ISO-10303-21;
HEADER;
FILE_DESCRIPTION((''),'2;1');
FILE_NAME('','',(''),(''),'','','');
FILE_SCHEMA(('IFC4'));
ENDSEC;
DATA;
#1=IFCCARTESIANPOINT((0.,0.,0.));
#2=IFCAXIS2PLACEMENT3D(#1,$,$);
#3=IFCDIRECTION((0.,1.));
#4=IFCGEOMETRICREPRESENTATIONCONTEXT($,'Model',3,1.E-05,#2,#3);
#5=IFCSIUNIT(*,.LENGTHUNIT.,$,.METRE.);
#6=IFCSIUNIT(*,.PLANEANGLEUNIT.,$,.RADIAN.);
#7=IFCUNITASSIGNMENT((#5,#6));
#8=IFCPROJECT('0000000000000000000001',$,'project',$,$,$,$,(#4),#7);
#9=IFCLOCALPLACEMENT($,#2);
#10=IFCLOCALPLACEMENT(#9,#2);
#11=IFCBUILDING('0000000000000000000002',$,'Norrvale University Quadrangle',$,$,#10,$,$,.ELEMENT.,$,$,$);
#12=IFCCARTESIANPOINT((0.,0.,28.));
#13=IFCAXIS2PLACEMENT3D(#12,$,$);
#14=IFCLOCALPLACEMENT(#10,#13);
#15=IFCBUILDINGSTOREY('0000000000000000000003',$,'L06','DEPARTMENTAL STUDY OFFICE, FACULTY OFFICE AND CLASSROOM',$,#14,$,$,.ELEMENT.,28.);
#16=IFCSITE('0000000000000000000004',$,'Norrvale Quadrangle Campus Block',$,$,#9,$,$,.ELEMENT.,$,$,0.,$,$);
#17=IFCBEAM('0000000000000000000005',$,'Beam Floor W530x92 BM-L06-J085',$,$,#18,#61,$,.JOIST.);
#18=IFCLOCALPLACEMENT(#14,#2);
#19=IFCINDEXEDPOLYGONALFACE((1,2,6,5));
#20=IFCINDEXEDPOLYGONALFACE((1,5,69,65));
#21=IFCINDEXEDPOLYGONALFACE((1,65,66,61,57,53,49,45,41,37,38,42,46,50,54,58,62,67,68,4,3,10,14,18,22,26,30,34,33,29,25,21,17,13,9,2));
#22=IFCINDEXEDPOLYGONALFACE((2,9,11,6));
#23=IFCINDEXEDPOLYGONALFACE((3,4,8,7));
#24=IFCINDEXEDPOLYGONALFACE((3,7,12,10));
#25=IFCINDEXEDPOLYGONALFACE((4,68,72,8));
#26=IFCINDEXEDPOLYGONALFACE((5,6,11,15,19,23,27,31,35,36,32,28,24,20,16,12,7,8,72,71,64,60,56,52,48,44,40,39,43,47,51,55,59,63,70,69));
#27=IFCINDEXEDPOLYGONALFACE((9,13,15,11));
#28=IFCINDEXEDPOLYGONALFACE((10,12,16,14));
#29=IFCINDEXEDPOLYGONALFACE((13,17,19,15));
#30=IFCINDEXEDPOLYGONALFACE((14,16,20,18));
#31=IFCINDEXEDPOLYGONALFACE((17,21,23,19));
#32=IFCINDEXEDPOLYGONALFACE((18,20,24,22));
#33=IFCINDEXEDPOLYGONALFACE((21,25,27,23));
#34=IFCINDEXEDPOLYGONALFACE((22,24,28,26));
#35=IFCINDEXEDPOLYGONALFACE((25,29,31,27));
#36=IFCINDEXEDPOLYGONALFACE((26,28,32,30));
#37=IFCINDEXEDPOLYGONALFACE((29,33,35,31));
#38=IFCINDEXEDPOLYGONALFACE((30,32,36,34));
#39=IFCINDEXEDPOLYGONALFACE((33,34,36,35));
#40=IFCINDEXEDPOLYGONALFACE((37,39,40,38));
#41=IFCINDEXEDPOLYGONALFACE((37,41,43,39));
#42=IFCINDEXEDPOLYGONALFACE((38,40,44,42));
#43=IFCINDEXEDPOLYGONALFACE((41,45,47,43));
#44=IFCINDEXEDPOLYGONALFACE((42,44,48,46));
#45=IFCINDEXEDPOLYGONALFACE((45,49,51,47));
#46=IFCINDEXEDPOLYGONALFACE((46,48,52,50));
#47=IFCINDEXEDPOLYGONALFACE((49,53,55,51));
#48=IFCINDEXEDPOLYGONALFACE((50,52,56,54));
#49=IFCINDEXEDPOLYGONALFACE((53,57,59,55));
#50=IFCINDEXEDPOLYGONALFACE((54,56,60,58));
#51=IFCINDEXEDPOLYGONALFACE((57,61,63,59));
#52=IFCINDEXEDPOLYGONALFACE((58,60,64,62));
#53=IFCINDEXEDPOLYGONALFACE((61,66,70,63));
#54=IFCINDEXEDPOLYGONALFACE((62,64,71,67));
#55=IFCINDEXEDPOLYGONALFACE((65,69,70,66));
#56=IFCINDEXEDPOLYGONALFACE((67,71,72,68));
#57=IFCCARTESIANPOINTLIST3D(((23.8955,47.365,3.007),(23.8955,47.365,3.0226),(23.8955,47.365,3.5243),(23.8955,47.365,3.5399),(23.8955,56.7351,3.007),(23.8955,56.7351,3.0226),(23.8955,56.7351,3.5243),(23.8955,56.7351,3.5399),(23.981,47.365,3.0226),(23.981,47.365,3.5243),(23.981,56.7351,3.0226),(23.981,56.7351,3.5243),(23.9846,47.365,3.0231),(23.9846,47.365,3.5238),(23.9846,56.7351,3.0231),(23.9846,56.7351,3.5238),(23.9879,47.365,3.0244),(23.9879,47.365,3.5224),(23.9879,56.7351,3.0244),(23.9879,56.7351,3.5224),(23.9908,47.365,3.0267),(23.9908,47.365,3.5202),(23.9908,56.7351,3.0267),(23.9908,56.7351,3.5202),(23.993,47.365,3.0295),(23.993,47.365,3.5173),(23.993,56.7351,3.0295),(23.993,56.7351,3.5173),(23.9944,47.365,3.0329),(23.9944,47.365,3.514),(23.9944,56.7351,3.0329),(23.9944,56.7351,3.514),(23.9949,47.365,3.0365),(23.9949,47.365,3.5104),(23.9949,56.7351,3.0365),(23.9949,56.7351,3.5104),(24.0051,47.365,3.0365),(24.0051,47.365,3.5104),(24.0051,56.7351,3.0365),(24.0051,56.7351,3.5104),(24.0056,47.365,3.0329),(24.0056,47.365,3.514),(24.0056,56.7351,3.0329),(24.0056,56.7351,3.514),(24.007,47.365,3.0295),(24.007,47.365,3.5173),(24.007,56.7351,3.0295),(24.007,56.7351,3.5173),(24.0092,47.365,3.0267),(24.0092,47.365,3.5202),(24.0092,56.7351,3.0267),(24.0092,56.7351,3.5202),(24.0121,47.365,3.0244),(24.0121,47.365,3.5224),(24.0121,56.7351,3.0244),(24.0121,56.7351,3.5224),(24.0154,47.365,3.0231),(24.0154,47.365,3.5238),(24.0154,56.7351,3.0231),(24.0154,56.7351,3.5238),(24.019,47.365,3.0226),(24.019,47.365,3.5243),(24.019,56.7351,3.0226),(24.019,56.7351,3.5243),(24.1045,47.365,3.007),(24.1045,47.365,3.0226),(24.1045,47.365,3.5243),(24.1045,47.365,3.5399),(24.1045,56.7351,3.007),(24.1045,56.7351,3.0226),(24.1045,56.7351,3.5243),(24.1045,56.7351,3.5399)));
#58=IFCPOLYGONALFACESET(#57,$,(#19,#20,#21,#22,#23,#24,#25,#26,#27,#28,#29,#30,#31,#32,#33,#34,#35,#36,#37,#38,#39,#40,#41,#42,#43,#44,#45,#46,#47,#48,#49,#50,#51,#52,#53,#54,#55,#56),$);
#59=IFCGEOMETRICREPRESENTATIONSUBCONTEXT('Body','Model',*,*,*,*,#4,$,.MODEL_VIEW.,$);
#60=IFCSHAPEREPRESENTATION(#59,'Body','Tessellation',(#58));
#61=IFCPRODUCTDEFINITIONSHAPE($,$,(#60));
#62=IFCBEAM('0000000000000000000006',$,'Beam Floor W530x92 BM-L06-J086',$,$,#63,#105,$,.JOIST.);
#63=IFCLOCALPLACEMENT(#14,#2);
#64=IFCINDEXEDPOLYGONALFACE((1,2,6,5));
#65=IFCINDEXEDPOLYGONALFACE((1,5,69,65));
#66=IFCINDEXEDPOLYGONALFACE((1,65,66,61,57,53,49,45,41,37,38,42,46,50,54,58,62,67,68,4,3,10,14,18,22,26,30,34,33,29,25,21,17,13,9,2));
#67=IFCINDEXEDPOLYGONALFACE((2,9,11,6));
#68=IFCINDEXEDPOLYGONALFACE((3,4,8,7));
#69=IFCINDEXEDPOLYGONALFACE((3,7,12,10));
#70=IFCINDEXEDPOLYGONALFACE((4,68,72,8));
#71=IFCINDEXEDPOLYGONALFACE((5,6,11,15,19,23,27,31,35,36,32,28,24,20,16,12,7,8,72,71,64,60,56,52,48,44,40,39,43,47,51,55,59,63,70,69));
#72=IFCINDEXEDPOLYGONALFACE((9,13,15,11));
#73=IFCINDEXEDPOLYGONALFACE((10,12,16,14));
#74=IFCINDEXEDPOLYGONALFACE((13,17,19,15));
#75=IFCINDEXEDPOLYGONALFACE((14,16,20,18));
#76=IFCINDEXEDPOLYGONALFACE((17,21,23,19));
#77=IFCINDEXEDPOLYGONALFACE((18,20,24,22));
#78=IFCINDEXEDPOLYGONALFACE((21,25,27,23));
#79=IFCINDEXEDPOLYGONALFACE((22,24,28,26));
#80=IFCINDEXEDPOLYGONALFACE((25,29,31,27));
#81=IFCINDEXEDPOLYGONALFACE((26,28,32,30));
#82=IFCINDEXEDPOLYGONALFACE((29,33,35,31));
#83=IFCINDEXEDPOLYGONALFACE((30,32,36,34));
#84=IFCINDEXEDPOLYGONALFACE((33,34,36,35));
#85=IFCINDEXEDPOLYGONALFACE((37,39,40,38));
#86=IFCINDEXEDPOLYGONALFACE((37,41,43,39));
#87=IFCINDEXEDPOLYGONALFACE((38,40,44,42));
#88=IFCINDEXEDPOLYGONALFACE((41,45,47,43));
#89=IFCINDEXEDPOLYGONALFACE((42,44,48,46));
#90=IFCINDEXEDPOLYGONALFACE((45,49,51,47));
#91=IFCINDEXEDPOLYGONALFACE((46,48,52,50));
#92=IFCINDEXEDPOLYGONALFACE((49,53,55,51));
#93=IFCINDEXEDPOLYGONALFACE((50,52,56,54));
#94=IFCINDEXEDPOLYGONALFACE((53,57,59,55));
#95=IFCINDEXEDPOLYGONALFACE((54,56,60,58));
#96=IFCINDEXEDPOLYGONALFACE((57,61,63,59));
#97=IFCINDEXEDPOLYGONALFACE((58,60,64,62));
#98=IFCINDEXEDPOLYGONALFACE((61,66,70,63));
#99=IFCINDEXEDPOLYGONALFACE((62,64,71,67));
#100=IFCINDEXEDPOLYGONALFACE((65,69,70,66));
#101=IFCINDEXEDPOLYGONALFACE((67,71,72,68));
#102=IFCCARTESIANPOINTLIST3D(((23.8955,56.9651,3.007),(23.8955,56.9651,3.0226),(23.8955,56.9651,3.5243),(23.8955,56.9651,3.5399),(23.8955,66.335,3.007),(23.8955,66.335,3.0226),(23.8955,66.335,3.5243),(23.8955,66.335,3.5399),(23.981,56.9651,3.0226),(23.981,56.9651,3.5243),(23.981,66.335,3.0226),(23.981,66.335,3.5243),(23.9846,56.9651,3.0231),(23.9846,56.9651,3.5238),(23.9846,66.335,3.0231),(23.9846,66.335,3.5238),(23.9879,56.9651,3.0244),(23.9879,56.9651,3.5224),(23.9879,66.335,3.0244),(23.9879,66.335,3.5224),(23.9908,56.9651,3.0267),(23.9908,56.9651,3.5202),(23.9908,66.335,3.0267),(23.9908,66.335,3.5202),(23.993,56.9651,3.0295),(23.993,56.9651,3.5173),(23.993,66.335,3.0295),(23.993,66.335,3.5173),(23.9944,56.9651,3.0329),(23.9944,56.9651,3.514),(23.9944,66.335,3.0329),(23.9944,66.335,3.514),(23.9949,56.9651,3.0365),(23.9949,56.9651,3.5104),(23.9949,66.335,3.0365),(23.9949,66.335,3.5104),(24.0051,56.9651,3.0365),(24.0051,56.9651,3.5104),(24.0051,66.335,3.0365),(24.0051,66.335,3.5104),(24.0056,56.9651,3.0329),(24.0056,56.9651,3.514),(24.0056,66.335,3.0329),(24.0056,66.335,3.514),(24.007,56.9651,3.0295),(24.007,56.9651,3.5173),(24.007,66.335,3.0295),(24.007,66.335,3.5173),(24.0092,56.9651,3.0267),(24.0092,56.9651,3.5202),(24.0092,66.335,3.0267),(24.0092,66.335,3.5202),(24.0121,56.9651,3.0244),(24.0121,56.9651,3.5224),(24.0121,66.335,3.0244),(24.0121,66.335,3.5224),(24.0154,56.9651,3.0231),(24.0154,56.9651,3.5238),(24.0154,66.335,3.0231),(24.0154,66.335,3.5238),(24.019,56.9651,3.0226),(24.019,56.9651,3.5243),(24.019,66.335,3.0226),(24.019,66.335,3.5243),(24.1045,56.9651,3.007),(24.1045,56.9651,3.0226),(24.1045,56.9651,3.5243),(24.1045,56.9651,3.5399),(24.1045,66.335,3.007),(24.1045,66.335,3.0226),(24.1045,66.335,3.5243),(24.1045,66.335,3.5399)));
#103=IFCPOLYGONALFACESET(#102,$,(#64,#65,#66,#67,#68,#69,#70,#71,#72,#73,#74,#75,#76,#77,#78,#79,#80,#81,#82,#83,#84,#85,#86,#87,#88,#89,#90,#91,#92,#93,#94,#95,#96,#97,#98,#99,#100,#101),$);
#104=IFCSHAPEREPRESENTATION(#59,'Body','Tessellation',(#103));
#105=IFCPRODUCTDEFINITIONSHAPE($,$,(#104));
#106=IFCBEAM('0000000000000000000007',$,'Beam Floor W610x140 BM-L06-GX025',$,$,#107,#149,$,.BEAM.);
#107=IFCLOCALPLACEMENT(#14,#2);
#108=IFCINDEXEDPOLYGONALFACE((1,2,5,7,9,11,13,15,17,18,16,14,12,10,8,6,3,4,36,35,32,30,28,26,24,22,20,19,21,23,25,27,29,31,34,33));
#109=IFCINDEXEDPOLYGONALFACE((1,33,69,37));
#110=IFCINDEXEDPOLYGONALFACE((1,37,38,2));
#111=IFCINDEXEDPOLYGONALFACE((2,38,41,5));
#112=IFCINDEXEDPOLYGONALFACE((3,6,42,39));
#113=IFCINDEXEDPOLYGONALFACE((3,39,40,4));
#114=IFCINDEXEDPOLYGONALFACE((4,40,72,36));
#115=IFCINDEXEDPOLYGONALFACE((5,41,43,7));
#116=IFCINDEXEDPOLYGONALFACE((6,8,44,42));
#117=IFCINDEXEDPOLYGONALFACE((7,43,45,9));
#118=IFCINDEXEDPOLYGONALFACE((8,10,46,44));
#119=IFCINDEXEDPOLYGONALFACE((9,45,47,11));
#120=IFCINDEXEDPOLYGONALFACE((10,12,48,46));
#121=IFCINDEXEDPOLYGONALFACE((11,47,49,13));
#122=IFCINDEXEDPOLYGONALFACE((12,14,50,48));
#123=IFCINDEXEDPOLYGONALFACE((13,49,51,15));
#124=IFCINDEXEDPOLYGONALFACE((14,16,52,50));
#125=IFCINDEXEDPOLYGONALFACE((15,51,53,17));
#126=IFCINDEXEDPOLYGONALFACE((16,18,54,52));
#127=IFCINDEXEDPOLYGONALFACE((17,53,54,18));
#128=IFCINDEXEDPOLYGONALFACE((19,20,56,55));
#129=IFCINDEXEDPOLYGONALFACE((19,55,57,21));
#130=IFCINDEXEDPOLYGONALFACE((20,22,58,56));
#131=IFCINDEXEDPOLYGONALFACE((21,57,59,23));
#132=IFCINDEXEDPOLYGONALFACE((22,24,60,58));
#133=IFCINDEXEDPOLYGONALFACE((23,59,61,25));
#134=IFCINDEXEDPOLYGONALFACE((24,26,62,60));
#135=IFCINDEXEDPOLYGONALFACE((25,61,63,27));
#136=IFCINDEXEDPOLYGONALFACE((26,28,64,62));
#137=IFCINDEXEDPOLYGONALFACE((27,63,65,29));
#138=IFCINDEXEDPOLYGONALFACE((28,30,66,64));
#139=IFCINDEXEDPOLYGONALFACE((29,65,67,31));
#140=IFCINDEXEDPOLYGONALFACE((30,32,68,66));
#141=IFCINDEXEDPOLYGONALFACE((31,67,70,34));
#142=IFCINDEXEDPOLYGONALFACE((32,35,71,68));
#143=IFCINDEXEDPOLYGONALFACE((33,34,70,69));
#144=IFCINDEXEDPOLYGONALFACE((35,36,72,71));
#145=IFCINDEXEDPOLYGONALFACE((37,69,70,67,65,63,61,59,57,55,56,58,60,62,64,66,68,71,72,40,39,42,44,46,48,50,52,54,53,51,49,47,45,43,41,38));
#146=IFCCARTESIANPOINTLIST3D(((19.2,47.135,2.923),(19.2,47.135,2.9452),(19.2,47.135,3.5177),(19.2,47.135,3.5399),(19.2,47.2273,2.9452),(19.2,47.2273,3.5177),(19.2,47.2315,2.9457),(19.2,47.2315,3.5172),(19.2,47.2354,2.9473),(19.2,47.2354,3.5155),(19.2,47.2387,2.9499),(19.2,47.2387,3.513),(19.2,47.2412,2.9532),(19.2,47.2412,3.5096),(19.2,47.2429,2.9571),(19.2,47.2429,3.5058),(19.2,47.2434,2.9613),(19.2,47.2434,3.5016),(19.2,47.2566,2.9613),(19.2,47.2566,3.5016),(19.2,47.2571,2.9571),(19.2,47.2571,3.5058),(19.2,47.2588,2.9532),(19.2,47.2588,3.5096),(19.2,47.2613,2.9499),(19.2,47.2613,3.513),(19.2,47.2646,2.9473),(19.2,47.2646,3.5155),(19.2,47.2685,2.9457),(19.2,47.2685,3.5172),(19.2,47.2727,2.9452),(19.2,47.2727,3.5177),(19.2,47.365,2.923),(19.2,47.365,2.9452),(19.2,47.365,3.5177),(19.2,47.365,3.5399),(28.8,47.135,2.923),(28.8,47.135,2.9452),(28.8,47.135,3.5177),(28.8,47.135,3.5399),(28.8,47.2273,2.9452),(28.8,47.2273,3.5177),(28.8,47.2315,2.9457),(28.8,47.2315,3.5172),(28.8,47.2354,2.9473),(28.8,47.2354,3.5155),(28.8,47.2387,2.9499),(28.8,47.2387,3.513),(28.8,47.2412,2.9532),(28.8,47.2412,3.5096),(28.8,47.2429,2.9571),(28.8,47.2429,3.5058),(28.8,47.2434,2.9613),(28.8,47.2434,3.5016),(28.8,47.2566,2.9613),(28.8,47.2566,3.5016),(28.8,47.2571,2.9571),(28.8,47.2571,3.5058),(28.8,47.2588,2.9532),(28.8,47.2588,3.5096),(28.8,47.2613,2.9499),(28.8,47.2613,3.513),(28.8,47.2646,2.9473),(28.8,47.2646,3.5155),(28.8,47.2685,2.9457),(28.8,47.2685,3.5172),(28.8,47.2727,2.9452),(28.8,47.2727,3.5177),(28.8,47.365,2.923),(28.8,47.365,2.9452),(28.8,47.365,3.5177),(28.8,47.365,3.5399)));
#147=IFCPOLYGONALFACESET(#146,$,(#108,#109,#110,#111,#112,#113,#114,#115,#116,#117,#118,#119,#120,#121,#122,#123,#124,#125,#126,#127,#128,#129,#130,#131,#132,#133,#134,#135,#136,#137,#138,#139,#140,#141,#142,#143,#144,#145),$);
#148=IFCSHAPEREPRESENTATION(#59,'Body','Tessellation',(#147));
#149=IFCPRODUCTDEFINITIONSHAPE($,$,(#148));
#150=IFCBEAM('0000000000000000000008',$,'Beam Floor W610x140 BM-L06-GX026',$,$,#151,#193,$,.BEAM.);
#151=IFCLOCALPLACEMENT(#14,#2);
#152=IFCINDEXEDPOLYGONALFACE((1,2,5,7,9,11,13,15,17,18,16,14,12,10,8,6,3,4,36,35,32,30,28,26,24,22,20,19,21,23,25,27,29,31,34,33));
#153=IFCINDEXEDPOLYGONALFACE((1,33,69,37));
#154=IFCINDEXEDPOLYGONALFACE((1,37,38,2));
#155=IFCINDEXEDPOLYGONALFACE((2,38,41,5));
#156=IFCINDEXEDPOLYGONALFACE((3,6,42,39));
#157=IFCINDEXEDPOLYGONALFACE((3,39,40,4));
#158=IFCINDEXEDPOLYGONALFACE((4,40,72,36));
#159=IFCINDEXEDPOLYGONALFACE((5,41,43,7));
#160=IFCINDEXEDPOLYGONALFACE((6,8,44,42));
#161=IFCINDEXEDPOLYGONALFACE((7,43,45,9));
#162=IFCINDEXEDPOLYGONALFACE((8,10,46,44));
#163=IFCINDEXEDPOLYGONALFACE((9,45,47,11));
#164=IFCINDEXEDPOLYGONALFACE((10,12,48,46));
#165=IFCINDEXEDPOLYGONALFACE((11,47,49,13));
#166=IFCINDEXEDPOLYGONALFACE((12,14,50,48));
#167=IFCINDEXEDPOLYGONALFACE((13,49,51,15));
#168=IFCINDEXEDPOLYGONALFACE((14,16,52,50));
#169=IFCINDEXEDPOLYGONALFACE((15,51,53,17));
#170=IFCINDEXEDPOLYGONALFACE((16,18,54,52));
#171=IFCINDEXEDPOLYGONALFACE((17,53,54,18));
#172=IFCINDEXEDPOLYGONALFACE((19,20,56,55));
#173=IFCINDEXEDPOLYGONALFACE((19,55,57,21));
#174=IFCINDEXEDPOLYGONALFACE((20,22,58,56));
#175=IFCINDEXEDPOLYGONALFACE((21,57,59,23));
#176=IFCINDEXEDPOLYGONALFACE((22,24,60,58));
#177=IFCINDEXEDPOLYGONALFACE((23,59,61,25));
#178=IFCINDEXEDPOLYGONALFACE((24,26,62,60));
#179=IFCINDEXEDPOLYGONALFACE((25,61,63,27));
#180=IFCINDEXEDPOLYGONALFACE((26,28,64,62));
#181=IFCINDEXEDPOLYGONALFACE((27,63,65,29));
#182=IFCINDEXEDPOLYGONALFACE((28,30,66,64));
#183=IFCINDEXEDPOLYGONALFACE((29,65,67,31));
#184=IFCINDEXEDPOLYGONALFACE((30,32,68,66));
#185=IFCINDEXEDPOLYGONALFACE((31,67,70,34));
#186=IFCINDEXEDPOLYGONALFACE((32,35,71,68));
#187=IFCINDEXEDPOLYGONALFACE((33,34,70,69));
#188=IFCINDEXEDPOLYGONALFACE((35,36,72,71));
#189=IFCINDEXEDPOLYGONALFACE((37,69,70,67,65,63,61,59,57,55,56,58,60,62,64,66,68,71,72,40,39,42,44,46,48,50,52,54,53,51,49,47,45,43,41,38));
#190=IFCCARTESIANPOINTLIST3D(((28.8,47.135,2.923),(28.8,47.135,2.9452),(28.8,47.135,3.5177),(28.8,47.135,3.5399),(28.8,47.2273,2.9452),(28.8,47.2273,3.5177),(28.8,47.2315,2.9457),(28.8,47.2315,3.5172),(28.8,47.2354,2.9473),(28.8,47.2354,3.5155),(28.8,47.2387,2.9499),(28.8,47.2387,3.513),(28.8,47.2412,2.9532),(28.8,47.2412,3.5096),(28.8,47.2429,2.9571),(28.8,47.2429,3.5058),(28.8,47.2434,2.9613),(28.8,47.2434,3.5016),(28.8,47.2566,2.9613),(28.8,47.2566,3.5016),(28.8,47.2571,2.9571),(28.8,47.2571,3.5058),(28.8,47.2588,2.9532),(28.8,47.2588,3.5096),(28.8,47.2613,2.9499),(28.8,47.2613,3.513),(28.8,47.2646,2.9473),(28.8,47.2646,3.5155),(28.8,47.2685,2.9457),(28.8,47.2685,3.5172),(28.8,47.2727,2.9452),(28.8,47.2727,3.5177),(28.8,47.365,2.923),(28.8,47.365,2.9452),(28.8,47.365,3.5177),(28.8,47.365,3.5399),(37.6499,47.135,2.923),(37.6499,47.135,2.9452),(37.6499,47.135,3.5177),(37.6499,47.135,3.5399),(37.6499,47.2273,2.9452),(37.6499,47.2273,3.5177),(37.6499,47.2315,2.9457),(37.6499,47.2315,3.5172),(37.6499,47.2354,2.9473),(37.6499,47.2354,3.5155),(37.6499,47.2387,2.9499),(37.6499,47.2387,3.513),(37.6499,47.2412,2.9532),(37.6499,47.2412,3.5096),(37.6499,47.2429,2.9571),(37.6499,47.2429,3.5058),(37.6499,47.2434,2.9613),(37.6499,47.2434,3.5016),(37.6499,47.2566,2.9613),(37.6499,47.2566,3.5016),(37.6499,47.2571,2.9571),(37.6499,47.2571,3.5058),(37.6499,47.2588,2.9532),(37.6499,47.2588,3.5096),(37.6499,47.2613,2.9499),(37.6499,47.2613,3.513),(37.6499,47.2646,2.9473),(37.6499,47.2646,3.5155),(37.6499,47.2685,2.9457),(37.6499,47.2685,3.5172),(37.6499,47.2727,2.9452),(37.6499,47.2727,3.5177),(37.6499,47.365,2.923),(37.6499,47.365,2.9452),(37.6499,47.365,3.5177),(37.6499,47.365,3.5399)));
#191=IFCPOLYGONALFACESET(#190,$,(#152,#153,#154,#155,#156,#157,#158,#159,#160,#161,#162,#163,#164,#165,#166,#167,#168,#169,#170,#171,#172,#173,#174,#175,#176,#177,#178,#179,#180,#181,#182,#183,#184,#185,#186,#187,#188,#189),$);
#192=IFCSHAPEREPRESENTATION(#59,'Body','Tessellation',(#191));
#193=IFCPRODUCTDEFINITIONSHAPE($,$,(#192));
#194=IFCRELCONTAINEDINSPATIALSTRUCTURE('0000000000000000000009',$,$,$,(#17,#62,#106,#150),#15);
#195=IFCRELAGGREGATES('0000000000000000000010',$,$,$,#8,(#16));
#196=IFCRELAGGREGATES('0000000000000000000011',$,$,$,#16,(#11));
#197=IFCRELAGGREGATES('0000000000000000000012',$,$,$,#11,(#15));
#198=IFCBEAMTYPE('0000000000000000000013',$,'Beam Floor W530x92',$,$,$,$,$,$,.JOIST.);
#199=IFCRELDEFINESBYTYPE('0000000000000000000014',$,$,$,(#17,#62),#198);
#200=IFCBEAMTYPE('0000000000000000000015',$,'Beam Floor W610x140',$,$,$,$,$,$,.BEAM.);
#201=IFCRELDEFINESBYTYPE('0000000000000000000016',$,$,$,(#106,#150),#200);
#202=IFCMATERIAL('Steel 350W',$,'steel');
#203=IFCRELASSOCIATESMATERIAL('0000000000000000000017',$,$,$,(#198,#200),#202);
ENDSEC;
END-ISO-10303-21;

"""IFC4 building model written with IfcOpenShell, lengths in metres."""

from ifc_helpers import new_model, si_unit, direction, frame, origin, origin_2d, place, context, subcontext, project, spatial, i_section, extrude, material, material_profile, profile_set, type_object, element, save


model = new_model("IFC4")

# Units and contexts
model_context = context("Model", 3, precision=1e-05, world=origin(), true_north=direction((0.0, 1.0)))
body_context = subcontext(model_context, "Body", "Model", "MODEL_VIEW")
ifc_project = project(units=[si_unit("LENGTHUNIT", "METRE"), si_unit("PLANEANGLEUNIT", "RADIAN")], contexts=[model_context])

# Site, building, storey
site_placement = place(None, origin())
site = spatial("IfcSite", under=ifc_project, at=site_placement, Name="Norrvale Quadrangle Campus Block", CompositionType="ELEMENT", RefElevation=0.0)
building_placement = place(site_placement, origin())
building = spatial("IfcBuilding", under=site, at=building_placement, Name="Norrvale University Quadrangle", CompositionType="ELEMENT")
storey_placement = place(building_placement, frame((0.0, 0.0, 28.0)))
storey = spatial("IfcBuildingStorey", under=building, at=storey_placement, Name="L06", Description="DEPARTMENTAL STUDY OFFICE, FACULTY OFFICE AND CLASSROOM", CompositionType="ELEMENT", Elevation=28.0)

# Beams
ifc_material_1 = material(Name="Steel 350W", Category="steel")
ifc_material_profile_1 = material_profile(ifc_material_1, i_section(OverallWidth=0.209, OverallDepth=0.533, WebThickness=0.0103, FlangeThickness=0.0156, FilletRadius=0.0139, at=origin_2d()), Name="Steel 350W")
ifc_profile_set_1 = profile_set([ifc_material_profile_1], Name="Steel 350W")
beam_type_1 = type_object("IfcBeamType", Name="Beam Floor W530x92", PredefinedType="JOIST", material=ifc_profile_set_1)
for number, where, z_axis, x_axis, name in (
    (1, (24.0, 47.365, 3.2734), (0.0, 1.0, 0.0), (-1.0, 0.0, 0.0), "Beam Floor W530x92 BM-L06-J085"),
):
    element("IfcBeam", number, at=place(storey_placement, frame(where, z_axis=z_axis, x_axis=x_axis)), inside=storey, type_object=beam_type_1, Name=name, PredefinedType="JOIST", context=body_context, shape_type="SweptSolid", body=[
        extrude(i_section(OverallWidth=0.209, OverallDepth=0.533, WebThickness=0.0103, FlangeThickness=0.0156, FilletRadius=0.0139, at=origin_2d()), origin(), (0.0, 0.0, 1.0), 9.3701),
    ])
beam_1_placement = place(storey_placement, frame((24.0, 56.9651, 3.2734), z_axis=(0.0, 1.0, 0.0), x_axis=(-1.0, 0.0, 0.0)))
element("IfcBeam", 2, at=beam_1_placement, inside=storey, type_object=beam_type_1, Name="Beam Floor W530x92 BM-L06-J086", PredefinedType="JOIST", context=body_context, shape_type="SweptSolid", body=[
    extrude(i_section(OverallWidth=0.209, OverallDepth=0.533, WebThickness=0.0103, FlangeThickness=0.0156, FilletRadius=0.0139, at=origin_2d()), origin(), (0.0, 0.0, 1.0), 9.3699),
])
ifc_material_profile_2 = material_profile(ifc_material_1, i_section(OverallWidth=0.23, OverallDepth=0.6169, WebThickness=0.0132, FlangeThickness=0.0222, FilletRadius=0.0161, at=origin_2d()), Name="Steel 350W")
ifc_profile_set_2 = profile_set([ifc_material_profile_2], Name="Steel 350W")
beam_type_2 = type_object("IfcBeamType", Name="Beam Floor W610x140", PredefinedType="BEAM", material=ifc_profile_set_2)
beam_2_placement = place(storey_placement, frame((19.2, 47.25, 3.2314), z_axis=(1.0, 0.0, 0.0), x_axis=(0.0, 1.0, 0.0)))
element("IfcBeam", 3, at=beam_2_placement, inside=storey, type_object=beam_type_2, Name="Beam Floor W610x140 BM-L06-GX025", PredefinedType="BEAM", context=body_context, shape_type="SweptSolid", body=[
    extrude(i_section(OverallWidth=0.23, OverallDepth=0.6169, WebThickness=0.0132, FlangeThickness=0.0222, FilletRadius=0.0161, at=origin_2d()), origin(), (0.0, 0.0, 1.0), 9.6001),
])
beam_3_placement = place(storey_placement, frame((28.8, 47.25, 3.2314), z_axis=(1.0, 0.0, 0.0), x_axis=(0.0, 1.0, 0.0)))
element("IfcBeam", 4, at=beam_3_placement, inside=storey, type_object=beam_type_2, Name="Beam Floor W610x140 BM-L06-GX026", PredefinedType="BEAM", context=body_context, shape_type="SweptSolid", body=[
    extrude(i_section(OverallWidth=0.23, OverallDepth=0.6169, WebThickness=0.0132, FlangeThickness=0.0222, FilletRadius=0.0161, at=origin_2d()), origin(), (0.0, 0.0, 1.0), 8.8499),
])

save(model, "model.ifc")
